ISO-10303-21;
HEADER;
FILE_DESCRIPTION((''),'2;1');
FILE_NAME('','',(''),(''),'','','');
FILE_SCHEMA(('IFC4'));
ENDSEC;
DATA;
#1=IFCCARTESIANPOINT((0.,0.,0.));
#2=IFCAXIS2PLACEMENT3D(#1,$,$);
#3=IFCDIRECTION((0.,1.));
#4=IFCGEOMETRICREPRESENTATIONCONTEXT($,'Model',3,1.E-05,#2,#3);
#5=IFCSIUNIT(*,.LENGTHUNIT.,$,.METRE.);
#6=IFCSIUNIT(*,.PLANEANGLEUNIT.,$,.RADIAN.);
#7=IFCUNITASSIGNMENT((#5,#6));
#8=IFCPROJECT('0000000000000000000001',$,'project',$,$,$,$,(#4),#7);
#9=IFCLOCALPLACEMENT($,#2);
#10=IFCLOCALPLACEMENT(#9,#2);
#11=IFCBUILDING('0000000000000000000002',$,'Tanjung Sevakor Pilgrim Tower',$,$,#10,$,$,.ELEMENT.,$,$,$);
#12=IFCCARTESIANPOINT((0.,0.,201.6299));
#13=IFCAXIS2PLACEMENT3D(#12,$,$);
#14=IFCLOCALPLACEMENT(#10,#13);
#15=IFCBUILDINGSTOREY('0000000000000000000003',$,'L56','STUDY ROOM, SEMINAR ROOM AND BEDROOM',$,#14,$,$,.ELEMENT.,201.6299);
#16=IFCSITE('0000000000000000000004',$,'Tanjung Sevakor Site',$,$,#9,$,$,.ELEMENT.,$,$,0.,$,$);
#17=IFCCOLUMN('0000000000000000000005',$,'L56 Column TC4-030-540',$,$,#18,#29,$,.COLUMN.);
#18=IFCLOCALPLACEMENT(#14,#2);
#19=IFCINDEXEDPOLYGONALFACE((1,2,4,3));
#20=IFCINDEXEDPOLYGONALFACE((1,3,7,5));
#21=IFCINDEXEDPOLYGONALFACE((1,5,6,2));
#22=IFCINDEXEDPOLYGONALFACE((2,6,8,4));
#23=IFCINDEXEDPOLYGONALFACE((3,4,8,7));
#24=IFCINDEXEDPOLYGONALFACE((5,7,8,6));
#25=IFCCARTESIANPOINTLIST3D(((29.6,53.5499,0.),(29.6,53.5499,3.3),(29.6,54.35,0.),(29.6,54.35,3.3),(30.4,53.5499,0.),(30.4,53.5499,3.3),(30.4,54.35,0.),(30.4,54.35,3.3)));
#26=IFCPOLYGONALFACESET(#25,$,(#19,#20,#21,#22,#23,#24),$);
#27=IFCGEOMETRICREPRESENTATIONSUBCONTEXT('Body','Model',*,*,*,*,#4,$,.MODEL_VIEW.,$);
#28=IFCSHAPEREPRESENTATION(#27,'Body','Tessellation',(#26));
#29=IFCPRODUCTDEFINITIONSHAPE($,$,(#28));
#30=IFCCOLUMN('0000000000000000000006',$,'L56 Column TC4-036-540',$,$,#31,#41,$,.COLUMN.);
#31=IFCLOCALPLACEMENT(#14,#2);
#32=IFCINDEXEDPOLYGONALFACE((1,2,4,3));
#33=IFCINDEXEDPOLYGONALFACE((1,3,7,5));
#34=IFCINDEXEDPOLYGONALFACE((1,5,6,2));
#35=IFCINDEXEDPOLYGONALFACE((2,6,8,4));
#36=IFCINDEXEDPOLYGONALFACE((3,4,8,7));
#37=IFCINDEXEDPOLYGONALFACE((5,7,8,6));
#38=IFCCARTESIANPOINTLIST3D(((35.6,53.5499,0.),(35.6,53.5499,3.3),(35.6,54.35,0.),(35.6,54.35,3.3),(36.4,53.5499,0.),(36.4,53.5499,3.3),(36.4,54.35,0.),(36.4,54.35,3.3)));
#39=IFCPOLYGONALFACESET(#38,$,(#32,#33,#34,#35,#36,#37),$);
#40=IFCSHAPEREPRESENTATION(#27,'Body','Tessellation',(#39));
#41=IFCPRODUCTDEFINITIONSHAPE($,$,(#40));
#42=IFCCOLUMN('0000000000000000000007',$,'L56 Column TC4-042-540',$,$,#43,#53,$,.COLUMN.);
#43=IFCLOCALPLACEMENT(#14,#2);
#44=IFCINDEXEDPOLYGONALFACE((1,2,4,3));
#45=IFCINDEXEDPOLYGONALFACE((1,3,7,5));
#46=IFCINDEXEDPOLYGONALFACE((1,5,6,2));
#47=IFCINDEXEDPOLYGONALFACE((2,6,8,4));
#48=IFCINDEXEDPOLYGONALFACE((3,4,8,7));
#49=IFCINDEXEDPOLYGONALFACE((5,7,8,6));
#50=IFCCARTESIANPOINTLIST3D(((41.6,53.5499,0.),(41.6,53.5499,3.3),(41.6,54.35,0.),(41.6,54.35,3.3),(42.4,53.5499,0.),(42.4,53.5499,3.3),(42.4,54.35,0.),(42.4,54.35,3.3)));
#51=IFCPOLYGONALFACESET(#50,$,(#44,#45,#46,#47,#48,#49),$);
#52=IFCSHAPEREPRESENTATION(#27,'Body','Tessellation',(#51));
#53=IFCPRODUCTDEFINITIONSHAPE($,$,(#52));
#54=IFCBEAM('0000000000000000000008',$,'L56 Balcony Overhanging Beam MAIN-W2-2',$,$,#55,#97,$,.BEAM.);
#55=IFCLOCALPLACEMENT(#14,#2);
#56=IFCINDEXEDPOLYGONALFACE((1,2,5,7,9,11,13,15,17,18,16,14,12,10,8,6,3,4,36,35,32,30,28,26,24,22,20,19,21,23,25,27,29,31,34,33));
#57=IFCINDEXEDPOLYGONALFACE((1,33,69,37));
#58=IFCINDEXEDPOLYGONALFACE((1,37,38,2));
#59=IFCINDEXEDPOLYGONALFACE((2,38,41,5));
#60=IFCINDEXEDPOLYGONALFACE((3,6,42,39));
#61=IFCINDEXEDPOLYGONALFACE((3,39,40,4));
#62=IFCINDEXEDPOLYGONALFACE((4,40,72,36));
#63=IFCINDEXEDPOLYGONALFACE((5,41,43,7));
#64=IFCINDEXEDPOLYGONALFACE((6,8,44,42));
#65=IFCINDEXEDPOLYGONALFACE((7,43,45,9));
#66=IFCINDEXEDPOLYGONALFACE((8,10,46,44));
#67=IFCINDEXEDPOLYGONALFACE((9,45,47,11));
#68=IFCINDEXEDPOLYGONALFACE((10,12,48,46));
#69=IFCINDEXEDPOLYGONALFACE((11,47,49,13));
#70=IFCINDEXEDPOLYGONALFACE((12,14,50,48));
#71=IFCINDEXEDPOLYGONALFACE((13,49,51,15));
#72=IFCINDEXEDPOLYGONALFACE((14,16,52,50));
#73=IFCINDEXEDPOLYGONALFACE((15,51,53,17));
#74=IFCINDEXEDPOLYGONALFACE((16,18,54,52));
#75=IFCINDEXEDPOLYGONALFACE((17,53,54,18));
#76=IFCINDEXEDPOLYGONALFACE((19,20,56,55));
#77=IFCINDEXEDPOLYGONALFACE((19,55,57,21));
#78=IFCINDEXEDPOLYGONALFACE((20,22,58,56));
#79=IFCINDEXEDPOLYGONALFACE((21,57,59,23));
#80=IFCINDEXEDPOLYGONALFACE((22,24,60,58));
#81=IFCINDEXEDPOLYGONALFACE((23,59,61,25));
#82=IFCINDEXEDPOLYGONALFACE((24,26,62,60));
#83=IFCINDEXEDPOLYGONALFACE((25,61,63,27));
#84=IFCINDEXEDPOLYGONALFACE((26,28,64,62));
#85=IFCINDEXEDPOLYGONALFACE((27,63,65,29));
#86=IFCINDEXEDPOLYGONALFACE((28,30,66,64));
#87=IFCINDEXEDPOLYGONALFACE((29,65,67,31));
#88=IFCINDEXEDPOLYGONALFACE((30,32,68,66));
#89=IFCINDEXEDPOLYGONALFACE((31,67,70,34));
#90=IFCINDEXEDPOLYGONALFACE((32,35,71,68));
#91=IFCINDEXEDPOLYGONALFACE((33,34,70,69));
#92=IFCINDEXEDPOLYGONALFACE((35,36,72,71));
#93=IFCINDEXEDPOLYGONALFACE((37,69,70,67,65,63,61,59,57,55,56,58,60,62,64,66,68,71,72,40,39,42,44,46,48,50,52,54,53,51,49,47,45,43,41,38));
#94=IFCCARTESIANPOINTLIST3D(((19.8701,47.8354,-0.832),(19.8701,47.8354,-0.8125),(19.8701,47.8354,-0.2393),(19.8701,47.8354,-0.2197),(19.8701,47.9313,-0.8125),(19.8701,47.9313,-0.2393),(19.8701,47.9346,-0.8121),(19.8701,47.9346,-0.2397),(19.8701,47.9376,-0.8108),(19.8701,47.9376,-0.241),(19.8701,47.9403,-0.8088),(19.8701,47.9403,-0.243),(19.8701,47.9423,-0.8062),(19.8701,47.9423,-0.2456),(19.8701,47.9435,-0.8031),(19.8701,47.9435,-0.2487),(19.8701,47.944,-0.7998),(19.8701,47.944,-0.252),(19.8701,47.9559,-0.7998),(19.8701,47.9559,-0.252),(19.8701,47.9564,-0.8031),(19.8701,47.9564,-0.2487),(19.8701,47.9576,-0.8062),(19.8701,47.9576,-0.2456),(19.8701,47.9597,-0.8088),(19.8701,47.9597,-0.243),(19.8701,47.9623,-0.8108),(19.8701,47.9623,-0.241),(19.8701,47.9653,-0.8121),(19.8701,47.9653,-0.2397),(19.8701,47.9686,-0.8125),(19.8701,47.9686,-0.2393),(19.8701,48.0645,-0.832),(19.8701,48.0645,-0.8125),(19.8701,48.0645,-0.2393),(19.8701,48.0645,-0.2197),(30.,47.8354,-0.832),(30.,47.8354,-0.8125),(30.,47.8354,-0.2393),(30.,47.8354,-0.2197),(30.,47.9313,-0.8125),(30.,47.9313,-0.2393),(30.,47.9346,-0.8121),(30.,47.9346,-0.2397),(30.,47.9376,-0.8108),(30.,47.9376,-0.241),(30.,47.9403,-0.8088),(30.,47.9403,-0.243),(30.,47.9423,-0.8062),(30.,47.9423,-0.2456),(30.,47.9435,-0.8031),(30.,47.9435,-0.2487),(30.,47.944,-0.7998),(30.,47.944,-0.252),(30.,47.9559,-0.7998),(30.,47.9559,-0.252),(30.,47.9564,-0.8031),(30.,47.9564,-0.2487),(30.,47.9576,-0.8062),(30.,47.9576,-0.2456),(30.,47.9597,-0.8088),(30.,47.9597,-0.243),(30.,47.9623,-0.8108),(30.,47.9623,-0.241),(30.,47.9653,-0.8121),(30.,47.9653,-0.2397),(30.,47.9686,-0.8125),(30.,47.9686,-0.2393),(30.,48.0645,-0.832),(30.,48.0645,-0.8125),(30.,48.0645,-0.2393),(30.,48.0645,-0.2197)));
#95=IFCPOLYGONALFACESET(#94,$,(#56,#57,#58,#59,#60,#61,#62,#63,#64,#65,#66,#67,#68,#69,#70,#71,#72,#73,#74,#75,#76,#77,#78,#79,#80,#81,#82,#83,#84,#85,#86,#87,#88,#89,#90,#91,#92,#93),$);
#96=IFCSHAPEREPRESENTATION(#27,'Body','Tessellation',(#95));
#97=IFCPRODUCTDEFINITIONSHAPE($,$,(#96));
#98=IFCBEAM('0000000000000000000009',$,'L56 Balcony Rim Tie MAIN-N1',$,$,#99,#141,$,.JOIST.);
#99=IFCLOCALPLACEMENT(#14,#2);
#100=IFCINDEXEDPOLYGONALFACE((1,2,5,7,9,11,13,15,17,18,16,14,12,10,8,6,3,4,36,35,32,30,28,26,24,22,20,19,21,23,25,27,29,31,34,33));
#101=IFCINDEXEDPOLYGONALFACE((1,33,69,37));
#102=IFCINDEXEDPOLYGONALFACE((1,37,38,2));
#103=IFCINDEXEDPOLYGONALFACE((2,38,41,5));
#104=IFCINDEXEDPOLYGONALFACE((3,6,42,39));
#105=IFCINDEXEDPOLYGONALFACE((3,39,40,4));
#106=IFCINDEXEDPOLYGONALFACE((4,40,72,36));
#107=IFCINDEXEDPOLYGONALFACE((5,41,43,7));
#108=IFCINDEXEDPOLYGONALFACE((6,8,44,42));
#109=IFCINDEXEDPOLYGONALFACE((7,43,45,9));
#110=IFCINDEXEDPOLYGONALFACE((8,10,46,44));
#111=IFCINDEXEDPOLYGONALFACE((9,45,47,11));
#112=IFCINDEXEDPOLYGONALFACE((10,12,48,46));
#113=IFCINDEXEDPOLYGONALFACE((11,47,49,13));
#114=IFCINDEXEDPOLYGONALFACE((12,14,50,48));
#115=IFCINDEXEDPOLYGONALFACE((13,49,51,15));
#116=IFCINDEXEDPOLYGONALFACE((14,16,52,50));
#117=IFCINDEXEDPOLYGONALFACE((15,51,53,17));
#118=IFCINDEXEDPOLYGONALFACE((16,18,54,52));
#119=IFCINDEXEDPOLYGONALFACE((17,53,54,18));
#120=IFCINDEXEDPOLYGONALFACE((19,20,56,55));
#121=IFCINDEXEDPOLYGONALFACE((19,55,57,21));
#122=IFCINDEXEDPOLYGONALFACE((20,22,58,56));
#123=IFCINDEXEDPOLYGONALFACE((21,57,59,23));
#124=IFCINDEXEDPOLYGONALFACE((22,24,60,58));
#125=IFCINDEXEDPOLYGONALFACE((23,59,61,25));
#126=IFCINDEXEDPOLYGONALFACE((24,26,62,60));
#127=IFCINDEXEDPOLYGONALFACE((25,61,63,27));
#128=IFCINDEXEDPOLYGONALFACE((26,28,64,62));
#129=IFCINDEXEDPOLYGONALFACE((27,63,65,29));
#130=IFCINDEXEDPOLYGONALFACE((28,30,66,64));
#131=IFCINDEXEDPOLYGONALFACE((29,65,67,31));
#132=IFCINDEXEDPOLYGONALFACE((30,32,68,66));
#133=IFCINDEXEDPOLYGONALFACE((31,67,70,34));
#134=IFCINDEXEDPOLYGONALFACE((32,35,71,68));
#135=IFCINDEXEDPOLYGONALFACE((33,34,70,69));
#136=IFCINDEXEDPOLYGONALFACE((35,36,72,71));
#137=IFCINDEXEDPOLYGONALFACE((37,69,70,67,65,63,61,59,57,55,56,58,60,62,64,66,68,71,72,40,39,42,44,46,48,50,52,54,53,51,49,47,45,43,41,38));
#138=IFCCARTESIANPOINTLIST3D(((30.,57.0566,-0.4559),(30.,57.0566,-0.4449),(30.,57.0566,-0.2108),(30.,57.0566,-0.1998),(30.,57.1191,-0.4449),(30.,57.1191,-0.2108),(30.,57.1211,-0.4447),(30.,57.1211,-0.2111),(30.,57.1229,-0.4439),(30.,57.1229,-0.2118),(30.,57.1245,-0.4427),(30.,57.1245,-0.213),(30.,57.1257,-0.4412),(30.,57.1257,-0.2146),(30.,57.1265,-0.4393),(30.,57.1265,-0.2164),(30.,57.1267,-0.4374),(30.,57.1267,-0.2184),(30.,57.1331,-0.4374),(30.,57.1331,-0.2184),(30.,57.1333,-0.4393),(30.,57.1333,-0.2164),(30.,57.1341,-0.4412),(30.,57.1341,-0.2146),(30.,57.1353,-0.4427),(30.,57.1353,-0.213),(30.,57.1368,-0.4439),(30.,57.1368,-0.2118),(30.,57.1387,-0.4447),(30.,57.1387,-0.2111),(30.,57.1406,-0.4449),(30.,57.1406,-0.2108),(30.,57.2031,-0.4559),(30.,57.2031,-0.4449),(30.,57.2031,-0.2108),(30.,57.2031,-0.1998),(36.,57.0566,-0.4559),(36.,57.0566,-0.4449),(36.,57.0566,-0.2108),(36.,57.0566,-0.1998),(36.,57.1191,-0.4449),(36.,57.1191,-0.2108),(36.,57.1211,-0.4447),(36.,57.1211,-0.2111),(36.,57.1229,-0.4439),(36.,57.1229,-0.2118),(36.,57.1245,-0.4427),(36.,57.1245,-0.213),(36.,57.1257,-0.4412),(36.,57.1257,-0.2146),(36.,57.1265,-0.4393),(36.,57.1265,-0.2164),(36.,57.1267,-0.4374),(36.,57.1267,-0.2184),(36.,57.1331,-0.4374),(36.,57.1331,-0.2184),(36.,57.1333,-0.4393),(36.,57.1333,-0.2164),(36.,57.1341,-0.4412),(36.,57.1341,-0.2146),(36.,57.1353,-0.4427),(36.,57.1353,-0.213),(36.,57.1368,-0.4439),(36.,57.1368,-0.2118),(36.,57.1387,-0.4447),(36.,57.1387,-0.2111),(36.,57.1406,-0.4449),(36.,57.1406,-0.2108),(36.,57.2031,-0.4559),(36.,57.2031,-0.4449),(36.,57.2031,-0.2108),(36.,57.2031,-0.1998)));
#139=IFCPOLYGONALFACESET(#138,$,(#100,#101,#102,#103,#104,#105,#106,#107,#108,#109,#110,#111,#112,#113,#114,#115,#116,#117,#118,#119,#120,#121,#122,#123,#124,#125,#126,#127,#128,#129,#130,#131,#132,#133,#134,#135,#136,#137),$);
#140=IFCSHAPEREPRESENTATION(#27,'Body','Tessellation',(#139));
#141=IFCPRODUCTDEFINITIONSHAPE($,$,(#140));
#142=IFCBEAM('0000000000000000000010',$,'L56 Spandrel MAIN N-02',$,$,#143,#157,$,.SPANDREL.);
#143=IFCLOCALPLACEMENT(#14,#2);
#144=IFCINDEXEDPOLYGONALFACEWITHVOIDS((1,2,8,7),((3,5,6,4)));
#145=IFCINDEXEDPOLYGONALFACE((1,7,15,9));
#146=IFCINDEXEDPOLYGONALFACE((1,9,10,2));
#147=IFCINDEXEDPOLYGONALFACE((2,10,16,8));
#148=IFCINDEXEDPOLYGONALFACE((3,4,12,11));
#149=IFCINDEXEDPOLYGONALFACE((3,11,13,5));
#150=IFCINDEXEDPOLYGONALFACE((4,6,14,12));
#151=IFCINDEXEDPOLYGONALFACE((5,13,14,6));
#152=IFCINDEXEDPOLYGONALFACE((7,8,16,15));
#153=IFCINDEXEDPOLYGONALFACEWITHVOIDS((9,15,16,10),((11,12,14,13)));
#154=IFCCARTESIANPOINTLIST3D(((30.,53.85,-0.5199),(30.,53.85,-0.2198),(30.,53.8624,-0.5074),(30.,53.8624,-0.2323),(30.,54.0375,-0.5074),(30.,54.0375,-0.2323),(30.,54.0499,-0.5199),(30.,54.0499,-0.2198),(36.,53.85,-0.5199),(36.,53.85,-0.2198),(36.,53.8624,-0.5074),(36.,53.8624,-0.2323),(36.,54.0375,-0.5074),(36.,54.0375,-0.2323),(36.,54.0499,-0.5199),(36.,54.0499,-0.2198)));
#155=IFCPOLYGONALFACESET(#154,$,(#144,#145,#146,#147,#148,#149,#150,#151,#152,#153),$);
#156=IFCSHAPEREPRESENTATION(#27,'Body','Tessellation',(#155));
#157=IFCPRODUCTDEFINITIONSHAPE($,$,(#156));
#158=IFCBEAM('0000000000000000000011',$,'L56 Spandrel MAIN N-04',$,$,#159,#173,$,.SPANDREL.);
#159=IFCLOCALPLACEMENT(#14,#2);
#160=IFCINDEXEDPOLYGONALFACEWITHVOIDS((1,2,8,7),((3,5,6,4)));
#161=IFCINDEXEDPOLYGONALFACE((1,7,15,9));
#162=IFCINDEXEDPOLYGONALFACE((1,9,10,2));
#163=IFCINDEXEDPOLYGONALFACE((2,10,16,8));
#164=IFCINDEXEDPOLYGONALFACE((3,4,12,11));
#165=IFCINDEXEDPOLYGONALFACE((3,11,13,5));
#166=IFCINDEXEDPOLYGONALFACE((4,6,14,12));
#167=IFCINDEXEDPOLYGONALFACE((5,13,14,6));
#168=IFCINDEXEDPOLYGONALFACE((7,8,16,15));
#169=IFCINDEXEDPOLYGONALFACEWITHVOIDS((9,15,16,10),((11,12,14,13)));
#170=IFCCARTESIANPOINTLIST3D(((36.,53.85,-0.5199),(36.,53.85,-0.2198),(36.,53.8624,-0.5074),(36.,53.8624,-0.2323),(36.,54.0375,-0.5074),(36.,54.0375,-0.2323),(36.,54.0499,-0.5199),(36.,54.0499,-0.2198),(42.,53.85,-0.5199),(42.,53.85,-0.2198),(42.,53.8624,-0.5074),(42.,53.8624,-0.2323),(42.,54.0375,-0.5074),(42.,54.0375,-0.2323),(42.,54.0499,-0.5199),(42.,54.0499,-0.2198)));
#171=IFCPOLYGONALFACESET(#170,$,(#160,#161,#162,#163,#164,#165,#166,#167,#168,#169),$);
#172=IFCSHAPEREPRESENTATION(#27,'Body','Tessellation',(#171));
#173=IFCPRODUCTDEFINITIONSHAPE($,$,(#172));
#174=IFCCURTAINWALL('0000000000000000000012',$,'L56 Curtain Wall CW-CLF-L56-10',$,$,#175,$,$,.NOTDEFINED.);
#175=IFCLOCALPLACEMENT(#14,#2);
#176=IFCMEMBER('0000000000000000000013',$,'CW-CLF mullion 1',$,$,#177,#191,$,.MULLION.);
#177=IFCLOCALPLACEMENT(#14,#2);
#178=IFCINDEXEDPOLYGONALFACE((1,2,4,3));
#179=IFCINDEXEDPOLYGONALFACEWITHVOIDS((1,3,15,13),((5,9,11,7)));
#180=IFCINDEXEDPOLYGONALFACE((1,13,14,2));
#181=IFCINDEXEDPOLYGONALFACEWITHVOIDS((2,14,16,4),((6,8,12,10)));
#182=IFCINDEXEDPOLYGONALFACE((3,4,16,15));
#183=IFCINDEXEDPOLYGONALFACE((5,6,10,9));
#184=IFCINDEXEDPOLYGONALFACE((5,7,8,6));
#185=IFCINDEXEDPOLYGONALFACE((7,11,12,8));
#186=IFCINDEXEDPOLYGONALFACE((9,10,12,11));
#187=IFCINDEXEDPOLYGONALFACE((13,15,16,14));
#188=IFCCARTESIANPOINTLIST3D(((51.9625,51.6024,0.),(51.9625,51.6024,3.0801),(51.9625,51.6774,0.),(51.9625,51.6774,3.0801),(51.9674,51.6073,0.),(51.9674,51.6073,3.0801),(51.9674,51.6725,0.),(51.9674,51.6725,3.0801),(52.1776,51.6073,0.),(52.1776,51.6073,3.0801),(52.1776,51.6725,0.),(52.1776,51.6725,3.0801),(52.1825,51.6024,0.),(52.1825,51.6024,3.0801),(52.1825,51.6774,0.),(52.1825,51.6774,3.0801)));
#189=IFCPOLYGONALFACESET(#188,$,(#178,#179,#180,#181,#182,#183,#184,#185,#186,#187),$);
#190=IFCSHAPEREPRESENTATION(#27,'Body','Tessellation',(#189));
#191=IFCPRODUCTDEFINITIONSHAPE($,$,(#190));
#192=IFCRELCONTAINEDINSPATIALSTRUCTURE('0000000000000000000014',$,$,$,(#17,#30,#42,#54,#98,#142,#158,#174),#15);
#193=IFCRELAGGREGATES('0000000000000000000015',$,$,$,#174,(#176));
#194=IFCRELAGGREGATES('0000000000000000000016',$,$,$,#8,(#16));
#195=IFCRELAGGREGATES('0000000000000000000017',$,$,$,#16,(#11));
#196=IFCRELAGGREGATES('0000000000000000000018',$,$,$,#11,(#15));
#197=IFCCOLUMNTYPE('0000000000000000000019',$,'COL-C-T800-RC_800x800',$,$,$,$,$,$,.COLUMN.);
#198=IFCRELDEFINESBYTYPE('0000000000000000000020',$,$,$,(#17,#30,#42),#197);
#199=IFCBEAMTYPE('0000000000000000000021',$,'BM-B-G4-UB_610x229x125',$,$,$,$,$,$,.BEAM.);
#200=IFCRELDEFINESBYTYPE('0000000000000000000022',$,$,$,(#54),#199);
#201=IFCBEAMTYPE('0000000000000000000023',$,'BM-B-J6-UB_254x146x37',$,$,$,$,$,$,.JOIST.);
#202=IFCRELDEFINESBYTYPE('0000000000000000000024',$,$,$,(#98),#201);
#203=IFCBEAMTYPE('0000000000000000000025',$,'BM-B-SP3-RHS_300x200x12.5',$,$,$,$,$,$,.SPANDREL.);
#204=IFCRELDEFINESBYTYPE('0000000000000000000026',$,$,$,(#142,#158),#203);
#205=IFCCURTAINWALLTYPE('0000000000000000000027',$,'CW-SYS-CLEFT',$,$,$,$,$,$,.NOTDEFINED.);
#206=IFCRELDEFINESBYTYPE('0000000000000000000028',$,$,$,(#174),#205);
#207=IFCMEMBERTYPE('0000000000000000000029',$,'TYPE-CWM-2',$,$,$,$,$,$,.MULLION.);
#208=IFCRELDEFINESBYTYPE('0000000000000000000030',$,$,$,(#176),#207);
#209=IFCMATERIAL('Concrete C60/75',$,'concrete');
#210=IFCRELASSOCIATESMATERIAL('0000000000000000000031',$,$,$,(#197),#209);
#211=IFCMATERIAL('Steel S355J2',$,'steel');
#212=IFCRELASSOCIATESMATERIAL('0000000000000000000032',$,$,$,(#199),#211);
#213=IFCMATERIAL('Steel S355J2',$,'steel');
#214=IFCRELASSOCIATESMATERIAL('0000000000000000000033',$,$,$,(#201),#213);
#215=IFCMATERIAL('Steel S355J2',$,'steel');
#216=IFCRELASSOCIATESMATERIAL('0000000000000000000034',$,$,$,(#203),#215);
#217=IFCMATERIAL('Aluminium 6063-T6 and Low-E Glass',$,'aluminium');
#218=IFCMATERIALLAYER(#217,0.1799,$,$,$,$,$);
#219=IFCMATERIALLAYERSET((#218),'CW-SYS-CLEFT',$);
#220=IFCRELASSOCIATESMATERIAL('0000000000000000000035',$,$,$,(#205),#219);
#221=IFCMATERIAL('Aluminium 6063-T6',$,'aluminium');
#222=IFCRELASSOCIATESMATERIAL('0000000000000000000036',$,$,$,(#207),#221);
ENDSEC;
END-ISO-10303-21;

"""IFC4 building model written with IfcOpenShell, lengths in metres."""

from ifc_helpers import new_model, si_unit, direction, frame, origin, origin_2d, place, context, subcontext, project, spatial, rectangle, hollow_rectangle, i_section, extrude, material, layer, layer_set, material_profile, profile_set, type_object, element, aggregate, save


model = new_model("IFC4")

# Units and contexts
model_context = context("Model", 3, precision=1e-05, world=origin(), true_north=direction((0.0, 1.0)))
body_context = subcontext(model_context, "Body", "Model", "MODEL_VIEW")
ifc_project = project(units=[si_unit("LENGTHUNIT", "METRE"), si_unit("PLANEANGLEUNIT", "RADIAN")], contexts=[model_context])

# Site, building, storey
site_placement = place(None, origin())
site = spatial("IfcSite", under=ifc_project, at=site_placement, Name="Tanjung Sevakor Site", CompositionType="ELEMENT", RefElevation=0.0)
building_placement = place(site_placement, origin())
building = spatial("IfcBuilding", under=site, at=building_placement, Name="Tanjung Sevakor Pilgrim Tower", CompositionType="ELEMENT")
storey_placement = place(building_placement, frame((0.0, 0.0, 201.6299)))
storey = spatial("IfcBuildingStorey", under=building, at=storey_placement, Name="L56", Description="STUDY ROOM, SEMINAR ROOM AND BEDROOM", CompositionType="ELEMENT", Elevation=201.6299)

# Columns
ifc_material_1 = material(Name="Concrete C60/75", Category="concrete")
ifc_material_profile_1 = material_profile(ifc_material_1, rectangle(XDim=0.8, YDim=0.8, at=origin_2d()))
ifc_profile_set_1 = profile_set([ifc_material_profile_1], Name="Concrete C60/75")
column_type = type_object("IfcColumnType", Name="COL-C-T800-RC_800x800", PredefinedType="COLUMN", material=ifc_profile_set_1)
for number, where, z_axis, x_axis, name in (
    (1, (30.0, 53.95, 0.0), (0.0, 0.0, 1.0), (1.0, 0.0, 0.0), "L56 Column TC4-030-540"),
    (2, (36.0, 53.95, 0.0), (0.0, 0.0, 1.0), (1.0, 0.0, 0.0), "L56 Column TC4-036-540"),
    (3, (42.0, 53.95, 0.0), (0.0, 0.0, 1.0), (1.0, 0.0, 0.0), "L56 Column TC4-042-540"),
):
    element("IfcColumn", number, at=place(storey_placement, frame(where, z_axis=z_axis, x_axis=x_axis)), inside=storey, type_object=column_type, Name=name, PredefinedType="COLUMN", context=body_context, shape_type="SweptSolid", body=[
        extrude(rectangle(XDim=0.8, YDim=0.8, at=origin_2d()), origin(), (0.0, 0.0, 1.0), 3.3),
    ])

# Beams
ifc_material_2 = material(Name="Steel S355J2", Category="steel")
ifc_material_profile_2 = material_profile(ifc_material_2, i_section(OverallWidth=0.229, OverallDepth=0.6123, WebThickness=0.012, FlangeThickness=0.0195, FilletRadius=0.0127, at=origin_2d()))
ifc_profile_set_2 = profile_set([ifc_material_profile_2], Name="Steel S355J2")
beam_type_1 = type_object("IfcBeamType", Name="BM-B-G4-UB_610x229x125", PredefinedType="BEAM", material=ifc_profile_set_2)
beam_1_placement = place(storey_placement, frame((30.0, 47.95, -0.5259), z_axis=(-1.0, 0.0, 0.0), x_axis=(0.0, -1.0, 0.0)))
element("IfcBeam", 4, at=beam_1_placement, inside=storey, type_object=beam_type_1, Name="L56 Balcony Overhanging Beam MAIN-W2-2", PredefinedType="BEAM", context=body_context, shape_type="SweptSolid", body=[
    extrude(i_section(OverallWidth=0.229, OverallDepth=0.6123, WebThickness=0.012, FlangeThickness=0.0195, FilletRadius=0.0127, at=origin_2d()), origin(), (0.0, 0.0, 1.0), 10.1299),
])
ifc_material_3 = material(Name="Steel S355J2", Category="steel")
ifc_material_profile_3 = material_profile(ifc_material_3, i_section(OverallWidth=0.1465, OverallDepth=0.2561, WebThickness=0.0063, FlangeThickness=0.011, FilletRadius=0.0076, at=origin_2d()))
ifc_profile_set_3 = profile_set([ifc_material_profile_3], Name="Steel S355J2")
beam_type_2 = type_object("IfcBeamType", Name="BM-B-J6-UB_254x146x37", PredefinedType="JOIST", material=ifc_profile_set_3)
beam_2_placement = place(storey_placement, frame((30.0, 57.1299, -0.3279), z_axis=(1.0, 0.0, 0.0), x_axis=(0.0, 1.0, 0.0)))
element("IfcBeam", 5, at=beam_2_placement, inside=storey, type_object=beam_type_2, Name="L56 Balcony Rim Tie MAIN-N1", PredefinedType="JOIST", context=body_context, shape_type="SweptSolid", body=[
    extrude(i_section(OverallWidth=0.1465, OverallDepth=0.2561, WebThickness=0.0063, FlangeThickness=0.011, FilletRadius=0.0076, at=origin_2d()), origin(), (0.0, 0.0, 1.0), 6.0),
])
ifc_material_4 = material(Name="Steel S355J2", Category="steel")
ifc_material_profile_4 = material_profile(ifc_material_4, hollow_rectangle(XDim=0.2, YDim=0.3, WallThickness=0.0125, at=origin_2d()))
ifc_profile_set_4 = profile_set([ifc_material_profile_4], Name="Steel S355J2")
beam_type_3 = type_object("IfcBeamType", Name="BM-B-SP3-RHS_300x200x12.5", PredefinedType="SPANDREL", material=ifc_profile_set_4)
for number, where, z_axis, x_axis, name in (
    (6, (30.0, 53.95, -0.3699), (1.0, 0.0, 0.0), (0.0, 1.0, 0.0), "L56 Spandrel MAIN N-02"),
    (7, (36.0, 53.95, -0.3699), (1.0, 0.0, 0.0), (0.0, 1.0, 0.0), "L56 Spandrel MAIN N-04"),
):
    element("IfcBeam", number, at=place(storey_placement, frame(where, z_axis=z_axis, x_axis=x_axis)), inside=storey, type_object=beam_type_3, Name=name, PredefinedType="SPANDREL", context=body_context, shape_type="SweptSolid", body=[
        extrude(hollow_rectangle(XDim=0.2, YDim=0.3, WallThickness=0.0125, at=origin_2d()), origin(), (0.0, 0.0, 1.0), 6.0),
    ])

# Curtain wall, member
ifc_material_5 = material(Name="Aluminium 6063-T6 and Low-E Glass", Category="aluminium")
ifc_layer_1 = layer(ifc_material_5, 0.1799)
ifc_layer_set_1 = layer_set([ifc_layer_1], Name="CW-SYS-CLEFT")
curtain_wall_type = type_object("IfcCurtainWallType", Name="CW-SYS-CLEFT", PredefinedType="NOTDEFINED", material=ifc_layer_set_1)
curtain_wall_placement = place(storey_placement, origin())
curtain_wall = element("IfcCurtainWall", 8, at=curtain_wall_placement, inside=storey, type_object=curtain_wall_type, Name="L56 Curtain Wall CW-CLF-L56-10", PredefinedType="NOTDEFINED")
ifc_material_6 = material(Name="Aluminium 6063-T6", Category="aluminium")
ifc_material_profile_5 = material_profile(ifc_material_6, hollow_rectangle(XDim=0.075, YDim=0.22, WallThickness=0.0049, at=origin_2d()))
ifc_profile_set_5 = profile_set([ifc_material_profile_5], Name="Aluminium 6063-T6")
member_type_1 = type_object("IfcMemberType", Name="TYPE-CWM-2", PredefinedType="MULLION", material=ifc_profile_set_5)
member_1_placement = place(storey_placement, frame((52.0725, 51.6399, 0.0), z_axis=(0.0, 0.0, 1.0), x_axis=(0.0, -1.0, 0.0)))
member_1 = element("IfcMember", 9, at=member_1_placement, type_object=member_type_1, Name="CW-CLF mullion 1", PredefinedType="MULLION", context=body_context, shape_type="SweptSolid", body=[
    extrude(hollow_rectangle(XDim=0.075, YDim=0.22, WallThickness=0.0049, at=origin_2d()), origin(), (0.0, 0.0, 1.0), 3.0801),
])
aggregate(curtain_wall, [member_1])

save(model, "model.ifc")
